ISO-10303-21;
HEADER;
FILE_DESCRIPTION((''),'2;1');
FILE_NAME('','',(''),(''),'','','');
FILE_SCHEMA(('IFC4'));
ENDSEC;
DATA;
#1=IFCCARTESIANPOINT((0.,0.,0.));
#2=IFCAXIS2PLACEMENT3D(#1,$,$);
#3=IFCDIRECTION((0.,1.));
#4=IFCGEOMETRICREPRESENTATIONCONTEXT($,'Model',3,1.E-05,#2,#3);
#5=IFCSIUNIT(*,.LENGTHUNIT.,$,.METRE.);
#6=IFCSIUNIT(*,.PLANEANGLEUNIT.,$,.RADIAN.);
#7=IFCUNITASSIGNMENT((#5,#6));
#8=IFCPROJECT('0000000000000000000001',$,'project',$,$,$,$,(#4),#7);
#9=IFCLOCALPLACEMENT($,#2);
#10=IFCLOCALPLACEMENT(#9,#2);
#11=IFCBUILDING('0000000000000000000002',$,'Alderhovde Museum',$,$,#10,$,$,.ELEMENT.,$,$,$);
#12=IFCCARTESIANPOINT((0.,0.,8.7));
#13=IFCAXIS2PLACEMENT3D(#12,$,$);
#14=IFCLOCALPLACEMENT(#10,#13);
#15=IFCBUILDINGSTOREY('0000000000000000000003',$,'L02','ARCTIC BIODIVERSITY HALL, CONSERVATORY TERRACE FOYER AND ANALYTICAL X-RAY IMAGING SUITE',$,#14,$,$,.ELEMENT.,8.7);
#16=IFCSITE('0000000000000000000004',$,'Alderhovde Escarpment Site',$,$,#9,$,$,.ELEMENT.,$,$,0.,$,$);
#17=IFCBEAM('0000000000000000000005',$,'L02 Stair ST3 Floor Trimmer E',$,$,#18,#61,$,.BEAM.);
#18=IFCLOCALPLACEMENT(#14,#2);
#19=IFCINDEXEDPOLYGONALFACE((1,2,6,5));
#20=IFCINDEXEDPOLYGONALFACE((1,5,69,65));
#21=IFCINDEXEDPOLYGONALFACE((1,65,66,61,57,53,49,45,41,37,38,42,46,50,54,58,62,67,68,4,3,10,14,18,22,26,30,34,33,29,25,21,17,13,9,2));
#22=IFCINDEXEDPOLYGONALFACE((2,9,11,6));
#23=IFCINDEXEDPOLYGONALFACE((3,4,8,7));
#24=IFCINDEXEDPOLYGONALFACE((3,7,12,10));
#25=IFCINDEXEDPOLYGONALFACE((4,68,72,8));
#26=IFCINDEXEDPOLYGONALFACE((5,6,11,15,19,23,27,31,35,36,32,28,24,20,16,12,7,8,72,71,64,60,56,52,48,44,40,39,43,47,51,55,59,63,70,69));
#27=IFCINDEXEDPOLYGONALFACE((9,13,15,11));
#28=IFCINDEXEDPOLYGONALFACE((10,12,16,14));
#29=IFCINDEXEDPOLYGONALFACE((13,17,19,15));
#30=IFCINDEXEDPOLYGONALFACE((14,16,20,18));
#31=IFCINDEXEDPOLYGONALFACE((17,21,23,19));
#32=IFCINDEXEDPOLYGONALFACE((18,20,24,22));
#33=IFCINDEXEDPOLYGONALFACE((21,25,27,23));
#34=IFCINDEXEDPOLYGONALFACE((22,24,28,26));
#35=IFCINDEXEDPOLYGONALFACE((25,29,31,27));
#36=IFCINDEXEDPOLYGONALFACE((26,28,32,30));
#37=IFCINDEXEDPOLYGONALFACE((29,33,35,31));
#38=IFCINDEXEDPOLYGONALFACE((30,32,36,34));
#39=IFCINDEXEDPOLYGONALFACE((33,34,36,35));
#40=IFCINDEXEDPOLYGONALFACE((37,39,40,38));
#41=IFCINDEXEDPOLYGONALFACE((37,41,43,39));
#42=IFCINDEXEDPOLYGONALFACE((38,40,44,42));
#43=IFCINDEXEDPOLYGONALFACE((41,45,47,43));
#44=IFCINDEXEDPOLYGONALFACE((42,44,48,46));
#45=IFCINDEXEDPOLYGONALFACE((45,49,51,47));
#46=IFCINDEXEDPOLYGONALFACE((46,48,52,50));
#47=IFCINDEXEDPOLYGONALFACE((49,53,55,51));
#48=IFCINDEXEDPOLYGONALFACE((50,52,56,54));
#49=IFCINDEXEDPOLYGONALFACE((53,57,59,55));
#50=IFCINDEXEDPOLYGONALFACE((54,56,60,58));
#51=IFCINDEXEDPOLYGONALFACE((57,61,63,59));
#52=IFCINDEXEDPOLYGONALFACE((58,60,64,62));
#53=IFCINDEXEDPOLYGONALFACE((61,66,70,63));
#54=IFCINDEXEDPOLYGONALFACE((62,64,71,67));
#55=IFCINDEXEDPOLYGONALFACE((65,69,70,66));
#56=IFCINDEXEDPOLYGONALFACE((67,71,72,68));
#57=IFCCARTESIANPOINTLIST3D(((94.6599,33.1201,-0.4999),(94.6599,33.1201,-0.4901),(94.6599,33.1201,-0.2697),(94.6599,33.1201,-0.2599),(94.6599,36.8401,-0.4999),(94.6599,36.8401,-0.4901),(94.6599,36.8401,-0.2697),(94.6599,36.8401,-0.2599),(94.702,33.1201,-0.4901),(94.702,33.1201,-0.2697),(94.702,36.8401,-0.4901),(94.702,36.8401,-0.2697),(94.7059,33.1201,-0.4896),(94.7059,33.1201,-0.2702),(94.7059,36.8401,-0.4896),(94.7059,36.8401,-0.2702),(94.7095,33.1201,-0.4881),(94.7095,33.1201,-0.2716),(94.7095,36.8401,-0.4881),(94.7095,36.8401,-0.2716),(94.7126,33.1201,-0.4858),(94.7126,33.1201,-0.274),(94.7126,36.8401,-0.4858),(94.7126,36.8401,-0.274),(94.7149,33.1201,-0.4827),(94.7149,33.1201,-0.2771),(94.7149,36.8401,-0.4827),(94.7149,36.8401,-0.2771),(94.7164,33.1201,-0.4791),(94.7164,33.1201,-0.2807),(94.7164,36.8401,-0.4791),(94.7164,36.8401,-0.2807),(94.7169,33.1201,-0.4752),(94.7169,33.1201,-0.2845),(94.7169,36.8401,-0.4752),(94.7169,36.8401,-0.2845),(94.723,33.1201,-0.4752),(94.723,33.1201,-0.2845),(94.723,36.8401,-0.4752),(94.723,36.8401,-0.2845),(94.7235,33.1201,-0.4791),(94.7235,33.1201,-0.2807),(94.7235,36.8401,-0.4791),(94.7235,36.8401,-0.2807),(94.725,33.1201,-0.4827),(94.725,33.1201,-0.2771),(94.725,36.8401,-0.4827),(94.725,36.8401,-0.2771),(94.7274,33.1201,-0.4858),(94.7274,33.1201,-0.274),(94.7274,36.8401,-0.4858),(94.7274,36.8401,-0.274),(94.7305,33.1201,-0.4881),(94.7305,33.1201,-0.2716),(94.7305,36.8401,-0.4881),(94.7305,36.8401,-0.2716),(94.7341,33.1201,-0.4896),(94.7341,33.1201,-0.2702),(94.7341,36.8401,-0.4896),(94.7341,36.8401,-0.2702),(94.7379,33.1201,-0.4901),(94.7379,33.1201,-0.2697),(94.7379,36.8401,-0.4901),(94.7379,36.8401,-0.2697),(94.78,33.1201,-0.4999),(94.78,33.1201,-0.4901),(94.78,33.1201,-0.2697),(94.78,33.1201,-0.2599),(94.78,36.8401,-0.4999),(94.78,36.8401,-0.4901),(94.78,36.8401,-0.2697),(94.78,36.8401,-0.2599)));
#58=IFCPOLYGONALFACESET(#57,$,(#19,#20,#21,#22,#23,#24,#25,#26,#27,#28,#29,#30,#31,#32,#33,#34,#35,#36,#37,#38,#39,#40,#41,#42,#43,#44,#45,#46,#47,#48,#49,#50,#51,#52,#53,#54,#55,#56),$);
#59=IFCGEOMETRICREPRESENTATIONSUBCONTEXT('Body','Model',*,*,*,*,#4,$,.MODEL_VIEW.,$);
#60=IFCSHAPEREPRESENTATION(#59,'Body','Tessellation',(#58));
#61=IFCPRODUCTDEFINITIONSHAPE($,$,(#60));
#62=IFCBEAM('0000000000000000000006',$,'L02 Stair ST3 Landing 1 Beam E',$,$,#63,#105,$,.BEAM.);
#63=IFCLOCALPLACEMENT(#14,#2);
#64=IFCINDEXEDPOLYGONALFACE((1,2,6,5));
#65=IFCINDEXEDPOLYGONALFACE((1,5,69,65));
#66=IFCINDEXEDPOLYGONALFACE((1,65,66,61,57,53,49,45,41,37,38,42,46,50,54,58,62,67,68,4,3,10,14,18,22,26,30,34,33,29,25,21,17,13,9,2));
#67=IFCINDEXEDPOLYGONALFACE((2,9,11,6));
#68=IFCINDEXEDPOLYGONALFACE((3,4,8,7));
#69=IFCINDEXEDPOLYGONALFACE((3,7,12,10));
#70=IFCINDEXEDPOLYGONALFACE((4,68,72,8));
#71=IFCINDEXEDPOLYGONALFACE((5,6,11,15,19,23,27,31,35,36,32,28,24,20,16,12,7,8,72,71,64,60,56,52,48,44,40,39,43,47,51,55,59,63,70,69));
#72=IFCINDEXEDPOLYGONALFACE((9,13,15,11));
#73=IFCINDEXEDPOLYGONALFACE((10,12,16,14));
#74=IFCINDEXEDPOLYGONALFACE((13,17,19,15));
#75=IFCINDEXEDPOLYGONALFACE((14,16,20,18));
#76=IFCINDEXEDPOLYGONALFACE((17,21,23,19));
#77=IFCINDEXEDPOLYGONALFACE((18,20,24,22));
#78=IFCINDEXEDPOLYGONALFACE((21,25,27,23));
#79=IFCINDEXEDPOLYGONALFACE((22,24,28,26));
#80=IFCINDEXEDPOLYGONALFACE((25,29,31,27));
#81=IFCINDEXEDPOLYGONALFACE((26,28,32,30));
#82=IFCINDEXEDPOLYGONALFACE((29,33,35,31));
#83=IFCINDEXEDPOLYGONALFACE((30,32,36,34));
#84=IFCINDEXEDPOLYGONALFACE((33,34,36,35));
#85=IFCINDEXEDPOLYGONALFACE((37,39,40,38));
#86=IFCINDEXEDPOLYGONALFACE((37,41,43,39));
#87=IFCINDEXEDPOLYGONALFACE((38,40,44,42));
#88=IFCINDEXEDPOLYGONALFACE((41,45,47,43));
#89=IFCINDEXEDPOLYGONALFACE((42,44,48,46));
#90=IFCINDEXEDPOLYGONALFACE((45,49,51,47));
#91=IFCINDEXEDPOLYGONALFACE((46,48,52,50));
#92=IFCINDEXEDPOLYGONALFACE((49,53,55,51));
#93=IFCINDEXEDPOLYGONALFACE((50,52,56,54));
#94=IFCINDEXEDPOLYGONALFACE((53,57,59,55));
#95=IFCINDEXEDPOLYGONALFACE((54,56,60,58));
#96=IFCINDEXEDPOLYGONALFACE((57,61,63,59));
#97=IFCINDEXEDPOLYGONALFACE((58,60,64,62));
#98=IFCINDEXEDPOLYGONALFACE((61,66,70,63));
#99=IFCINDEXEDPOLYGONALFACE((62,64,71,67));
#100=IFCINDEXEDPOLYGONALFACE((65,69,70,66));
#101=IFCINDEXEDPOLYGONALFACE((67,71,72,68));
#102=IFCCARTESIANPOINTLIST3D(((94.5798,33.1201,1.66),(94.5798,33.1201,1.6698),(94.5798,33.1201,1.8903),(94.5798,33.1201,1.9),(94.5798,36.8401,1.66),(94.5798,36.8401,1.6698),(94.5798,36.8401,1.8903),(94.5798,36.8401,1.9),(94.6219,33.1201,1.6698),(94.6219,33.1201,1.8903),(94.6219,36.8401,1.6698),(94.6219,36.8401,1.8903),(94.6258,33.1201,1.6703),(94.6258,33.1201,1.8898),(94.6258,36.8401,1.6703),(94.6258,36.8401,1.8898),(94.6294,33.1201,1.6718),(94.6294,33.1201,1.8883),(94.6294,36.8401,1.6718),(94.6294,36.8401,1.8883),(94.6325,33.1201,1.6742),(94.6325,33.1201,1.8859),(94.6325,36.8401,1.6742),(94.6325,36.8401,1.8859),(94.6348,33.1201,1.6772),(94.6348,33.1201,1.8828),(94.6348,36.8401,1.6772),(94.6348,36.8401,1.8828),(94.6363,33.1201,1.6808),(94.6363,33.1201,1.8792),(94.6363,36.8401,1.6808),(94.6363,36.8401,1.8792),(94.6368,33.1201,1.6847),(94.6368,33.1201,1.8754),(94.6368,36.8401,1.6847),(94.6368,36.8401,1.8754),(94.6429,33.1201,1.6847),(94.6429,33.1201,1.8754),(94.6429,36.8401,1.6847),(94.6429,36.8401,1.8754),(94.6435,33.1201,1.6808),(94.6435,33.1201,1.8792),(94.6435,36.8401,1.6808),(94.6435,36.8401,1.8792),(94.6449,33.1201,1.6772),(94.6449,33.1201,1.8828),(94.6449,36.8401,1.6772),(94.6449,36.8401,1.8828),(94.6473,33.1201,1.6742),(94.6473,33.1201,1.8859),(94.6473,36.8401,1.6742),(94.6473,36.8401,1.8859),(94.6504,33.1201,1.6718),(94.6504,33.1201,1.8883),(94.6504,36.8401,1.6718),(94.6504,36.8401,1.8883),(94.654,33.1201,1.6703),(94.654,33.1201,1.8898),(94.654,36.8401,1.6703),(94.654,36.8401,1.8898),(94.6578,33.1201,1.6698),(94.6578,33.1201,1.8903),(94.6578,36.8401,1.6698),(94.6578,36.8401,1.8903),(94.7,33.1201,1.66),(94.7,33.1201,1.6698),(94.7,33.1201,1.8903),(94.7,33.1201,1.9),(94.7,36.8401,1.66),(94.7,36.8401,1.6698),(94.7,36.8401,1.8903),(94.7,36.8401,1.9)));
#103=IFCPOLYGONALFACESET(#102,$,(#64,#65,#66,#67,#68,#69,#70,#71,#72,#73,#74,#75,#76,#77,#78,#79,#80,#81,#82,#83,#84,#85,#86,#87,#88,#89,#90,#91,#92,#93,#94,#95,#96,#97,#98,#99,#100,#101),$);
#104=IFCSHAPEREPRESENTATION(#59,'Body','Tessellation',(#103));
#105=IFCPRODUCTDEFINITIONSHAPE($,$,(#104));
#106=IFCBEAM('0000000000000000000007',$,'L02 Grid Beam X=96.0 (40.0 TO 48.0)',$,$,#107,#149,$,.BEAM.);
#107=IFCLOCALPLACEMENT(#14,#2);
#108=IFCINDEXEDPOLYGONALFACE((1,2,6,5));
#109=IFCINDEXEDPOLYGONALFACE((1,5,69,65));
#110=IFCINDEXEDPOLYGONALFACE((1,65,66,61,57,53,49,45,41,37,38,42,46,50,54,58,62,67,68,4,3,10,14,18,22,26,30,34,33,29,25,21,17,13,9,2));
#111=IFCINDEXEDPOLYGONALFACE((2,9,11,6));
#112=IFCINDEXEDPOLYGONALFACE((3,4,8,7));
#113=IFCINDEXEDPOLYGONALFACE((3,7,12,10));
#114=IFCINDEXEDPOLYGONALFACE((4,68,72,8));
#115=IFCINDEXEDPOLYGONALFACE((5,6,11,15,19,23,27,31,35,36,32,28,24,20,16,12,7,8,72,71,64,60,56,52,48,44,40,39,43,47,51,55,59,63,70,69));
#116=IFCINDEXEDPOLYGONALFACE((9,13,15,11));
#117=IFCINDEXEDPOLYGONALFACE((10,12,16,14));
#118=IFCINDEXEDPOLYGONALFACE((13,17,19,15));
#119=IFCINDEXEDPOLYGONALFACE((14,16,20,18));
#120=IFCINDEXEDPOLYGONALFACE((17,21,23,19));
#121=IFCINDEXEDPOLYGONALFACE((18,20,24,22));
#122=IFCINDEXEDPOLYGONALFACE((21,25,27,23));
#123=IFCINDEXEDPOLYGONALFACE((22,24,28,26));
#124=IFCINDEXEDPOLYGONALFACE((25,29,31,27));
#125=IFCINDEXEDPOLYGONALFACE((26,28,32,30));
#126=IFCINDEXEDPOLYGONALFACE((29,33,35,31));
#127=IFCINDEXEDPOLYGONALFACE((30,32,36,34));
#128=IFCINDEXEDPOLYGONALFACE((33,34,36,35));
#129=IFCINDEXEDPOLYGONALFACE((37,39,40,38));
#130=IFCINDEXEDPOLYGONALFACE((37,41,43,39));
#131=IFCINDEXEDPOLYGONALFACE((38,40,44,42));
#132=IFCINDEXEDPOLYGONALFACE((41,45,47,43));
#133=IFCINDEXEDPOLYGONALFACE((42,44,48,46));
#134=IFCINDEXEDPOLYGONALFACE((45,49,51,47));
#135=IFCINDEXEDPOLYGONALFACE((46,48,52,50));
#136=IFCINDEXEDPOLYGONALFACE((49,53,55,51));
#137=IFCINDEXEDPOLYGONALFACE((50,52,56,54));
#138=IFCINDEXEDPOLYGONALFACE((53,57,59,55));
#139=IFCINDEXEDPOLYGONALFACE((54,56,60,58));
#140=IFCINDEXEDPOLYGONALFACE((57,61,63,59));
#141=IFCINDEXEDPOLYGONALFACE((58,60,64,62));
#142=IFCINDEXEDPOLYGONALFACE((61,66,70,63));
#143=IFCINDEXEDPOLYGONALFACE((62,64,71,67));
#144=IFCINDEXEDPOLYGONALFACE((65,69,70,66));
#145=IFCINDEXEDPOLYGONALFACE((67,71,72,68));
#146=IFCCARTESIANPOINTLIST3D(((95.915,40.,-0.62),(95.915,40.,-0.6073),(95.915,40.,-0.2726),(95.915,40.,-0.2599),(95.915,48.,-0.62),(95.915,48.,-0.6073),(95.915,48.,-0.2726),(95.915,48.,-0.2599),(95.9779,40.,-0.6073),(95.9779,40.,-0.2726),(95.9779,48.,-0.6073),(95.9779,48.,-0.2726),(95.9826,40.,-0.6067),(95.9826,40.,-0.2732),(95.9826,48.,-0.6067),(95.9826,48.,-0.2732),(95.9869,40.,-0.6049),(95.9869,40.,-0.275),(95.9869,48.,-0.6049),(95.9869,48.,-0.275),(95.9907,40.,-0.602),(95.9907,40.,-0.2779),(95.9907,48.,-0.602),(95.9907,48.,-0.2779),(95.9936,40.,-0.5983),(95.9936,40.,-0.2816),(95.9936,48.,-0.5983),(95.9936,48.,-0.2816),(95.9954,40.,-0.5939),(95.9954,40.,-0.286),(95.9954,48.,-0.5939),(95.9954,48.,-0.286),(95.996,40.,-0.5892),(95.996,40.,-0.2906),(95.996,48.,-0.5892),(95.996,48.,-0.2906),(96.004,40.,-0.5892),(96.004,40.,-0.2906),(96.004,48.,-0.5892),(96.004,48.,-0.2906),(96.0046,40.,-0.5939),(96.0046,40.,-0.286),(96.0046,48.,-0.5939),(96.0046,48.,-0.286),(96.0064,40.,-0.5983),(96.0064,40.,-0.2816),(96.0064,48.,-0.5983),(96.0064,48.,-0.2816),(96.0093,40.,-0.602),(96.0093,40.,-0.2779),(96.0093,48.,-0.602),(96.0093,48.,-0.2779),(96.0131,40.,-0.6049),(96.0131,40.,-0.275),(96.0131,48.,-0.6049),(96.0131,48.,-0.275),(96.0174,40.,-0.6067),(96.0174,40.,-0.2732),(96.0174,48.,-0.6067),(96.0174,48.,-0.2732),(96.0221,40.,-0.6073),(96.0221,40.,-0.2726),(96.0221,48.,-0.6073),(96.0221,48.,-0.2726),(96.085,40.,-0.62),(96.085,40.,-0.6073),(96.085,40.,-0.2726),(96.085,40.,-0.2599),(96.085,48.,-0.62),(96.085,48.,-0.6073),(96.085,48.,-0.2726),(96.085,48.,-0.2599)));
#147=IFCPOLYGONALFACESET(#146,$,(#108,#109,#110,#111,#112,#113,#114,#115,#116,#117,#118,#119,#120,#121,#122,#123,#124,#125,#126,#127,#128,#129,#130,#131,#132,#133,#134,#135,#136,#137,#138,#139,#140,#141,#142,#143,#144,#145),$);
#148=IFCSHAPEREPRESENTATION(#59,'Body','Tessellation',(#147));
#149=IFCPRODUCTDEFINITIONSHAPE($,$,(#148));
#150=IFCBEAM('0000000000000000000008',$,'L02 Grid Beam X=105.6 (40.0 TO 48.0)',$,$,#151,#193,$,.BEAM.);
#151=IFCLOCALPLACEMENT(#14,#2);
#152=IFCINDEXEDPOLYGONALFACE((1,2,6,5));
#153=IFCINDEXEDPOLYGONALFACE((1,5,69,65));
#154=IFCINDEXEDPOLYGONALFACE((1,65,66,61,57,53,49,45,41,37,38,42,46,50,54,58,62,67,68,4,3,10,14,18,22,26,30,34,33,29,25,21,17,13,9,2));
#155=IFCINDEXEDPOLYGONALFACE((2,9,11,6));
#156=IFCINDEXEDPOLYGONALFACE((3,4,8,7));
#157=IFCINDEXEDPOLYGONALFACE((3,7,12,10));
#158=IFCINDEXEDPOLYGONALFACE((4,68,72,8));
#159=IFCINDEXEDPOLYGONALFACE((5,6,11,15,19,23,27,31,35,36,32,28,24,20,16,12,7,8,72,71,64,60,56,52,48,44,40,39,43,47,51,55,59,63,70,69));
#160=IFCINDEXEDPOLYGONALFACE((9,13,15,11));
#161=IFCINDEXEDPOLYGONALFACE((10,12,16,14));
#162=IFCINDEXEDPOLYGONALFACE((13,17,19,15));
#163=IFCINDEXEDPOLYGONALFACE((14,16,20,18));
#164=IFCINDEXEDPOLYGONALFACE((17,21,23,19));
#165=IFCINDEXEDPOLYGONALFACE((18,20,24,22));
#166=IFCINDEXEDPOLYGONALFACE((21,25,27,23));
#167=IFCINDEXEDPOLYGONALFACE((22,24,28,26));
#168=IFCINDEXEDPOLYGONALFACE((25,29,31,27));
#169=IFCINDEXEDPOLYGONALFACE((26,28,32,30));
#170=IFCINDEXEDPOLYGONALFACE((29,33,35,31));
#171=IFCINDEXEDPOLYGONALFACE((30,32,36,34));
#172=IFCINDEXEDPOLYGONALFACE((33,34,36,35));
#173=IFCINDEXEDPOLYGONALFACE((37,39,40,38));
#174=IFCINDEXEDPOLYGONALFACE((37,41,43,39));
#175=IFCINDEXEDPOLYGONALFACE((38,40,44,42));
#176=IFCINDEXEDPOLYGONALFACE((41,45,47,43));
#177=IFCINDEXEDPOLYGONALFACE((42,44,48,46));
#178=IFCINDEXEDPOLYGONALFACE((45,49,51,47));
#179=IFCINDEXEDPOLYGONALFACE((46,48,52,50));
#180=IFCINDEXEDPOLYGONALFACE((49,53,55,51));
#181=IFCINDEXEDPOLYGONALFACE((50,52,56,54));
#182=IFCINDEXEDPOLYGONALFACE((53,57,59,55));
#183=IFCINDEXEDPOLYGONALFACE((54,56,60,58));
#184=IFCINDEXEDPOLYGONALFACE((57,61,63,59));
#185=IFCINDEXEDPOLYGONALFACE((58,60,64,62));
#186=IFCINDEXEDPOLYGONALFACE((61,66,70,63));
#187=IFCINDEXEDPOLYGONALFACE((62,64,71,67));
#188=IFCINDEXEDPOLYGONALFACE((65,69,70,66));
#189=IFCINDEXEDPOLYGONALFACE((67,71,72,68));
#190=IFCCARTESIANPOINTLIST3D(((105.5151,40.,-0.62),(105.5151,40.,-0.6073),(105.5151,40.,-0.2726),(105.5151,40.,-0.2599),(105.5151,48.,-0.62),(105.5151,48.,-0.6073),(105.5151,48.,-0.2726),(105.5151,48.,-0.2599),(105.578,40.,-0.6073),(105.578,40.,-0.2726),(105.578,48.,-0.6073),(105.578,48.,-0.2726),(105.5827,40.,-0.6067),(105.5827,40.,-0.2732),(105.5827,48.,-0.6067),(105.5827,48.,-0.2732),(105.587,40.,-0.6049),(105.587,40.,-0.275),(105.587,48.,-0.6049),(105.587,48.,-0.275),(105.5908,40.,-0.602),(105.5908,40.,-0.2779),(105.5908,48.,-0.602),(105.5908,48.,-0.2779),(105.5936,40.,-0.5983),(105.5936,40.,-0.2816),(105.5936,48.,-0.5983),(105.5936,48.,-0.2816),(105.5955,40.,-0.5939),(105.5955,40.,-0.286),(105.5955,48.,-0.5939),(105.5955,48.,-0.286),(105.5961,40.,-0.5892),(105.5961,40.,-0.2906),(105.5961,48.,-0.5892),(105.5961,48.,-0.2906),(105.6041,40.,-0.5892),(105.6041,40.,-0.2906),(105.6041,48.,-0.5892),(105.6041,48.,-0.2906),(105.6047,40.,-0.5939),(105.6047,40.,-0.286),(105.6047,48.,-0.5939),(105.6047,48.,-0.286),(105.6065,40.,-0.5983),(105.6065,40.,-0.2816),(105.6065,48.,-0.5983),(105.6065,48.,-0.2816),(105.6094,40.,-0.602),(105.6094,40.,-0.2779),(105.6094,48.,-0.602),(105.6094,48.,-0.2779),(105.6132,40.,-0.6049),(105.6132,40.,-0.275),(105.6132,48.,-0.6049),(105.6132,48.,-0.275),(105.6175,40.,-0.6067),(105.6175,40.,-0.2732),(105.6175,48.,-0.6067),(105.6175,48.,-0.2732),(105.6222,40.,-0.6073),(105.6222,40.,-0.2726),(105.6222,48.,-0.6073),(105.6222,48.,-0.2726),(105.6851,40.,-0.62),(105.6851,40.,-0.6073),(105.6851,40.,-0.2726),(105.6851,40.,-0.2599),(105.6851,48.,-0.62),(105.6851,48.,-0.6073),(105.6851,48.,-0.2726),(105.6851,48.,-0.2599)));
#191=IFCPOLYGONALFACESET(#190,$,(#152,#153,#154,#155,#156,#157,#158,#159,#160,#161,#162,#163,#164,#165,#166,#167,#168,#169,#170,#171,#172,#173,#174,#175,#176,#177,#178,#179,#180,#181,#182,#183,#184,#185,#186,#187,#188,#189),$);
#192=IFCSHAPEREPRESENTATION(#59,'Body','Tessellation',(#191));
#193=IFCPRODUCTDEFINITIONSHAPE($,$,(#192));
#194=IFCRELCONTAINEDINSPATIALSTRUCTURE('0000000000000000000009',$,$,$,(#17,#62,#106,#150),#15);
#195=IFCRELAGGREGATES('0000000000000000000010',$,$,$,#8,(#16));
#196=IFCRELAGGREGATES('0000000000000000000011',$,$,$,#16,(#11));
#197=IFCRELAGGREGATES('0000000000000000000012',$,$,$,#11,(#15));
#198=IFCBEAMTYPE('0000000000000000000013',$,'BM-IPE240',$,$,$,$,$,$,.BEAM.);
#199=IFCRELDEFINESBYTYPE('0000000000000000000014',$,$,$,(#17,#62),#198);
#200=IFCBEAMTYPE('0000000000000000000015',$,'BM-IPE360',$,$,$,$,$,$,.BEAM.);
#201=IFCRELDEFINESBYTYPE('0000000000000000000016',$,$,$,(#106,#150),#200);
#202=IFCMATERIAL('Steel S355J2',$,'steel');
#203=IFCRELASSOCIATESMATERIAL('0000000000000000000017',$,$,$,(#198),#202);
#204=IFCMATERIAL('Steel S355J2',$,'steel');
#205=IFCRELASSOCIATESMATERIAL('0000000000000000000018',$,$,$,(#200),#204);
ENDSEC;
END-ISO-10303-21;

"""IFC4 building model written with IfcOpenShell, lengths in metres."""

from ifc_helpers import new_model, si_unit, direction, frame, origin, origin_2d, place, context, subcontext, project, spatial, i_section, extrude, material, material_profile, profile_set, type_object, element, save


model = new_model("IFC4")

# Units and contexts
model_context = context("Model", 3, precision=1e-05, world=origin(), true_north=direction((0.0, 1.0)))
body_context = subcontext(model_context, "Body", "Model", "MODEL_VIEW")
ifc_project = project(units=[si_unit("LENGTHUNIT", "METRE"), si_unit("PLANEANGLEUNIT", "RADIAN")], contexts=[model_context])

# Site, building, storey
site_placement = place(None, origin())
site = spatial("IfcSite", under=ifc_project, at=site_placement, Name="Alderhovde Escarpment Site", CompositionType="ELEMENT", RefElevation=0.0)
building_placement = place(site_placement, origin())
building = spatial("IfcBuilding", under=site, at=building_placement, Name="Alderhovde Museum", CompositionType="ELEMENT")
storey_placement = place(building_placement, frame((0.0, 0.0, 8.7)))
storey = spatial("IfcBuildingStorey", under=building, at=storey_placement, Name="L02", Description="ARCTIC BIODIVERSITY HALL, CONSERVATORY TERRACE FOYER AND ANALYTICAL X-RAY IMAGING SUITE", CompositionType="ELEMENT", Elevation=8.7)

# Beams
ifc_material_1 = material(Name="Steel S355J2", Category="steel")
ifc_material_profile_1 = material_profile(ifc_material_1, i_section(OverallWidth=0.1201, OverallDepth=0.24, WebThickness=0.0061, FlangeThickness=0.0098, FilletRadius=0.0149, at=origin_2d()), Name="IPE 240")
ifc_profile_set_1 = profile_set([ifc_material_profile_1], Name="Steel S355J2")
beam_type_1 = type_object("IfcBeamType", Name="BM-IPE240", PredefinedType="BEAM", material=ifc_profile_set_1)
for number, where, z_axis, x_axis, name in (
    (1, (94.72, 33.1201, -0.3799), (0.0, 1.0, 0.0), (-1.0, 0.0, 0.0), "L02 Stair ST3 Floor Trimmer E"),
    (2, (94.6399, 33.1201, 1.78), (0.0, 1.0, 0.0), (-1.0, 0.0, 0.0), "L02 Stair ST3 Landing 1 Beam E"),
):
    element("IfcBeam", number, at=place(storey_placement, frame(where, z_axis=z_axis, x_axis=x_axis)), inside=storey, type_object=beam_type_1, Name=name, PredefinedType="BEAM", context=body_context, shape_type="SweptSolid", body=[
        extrude(i_section(OverallWidth=0.1201, OverallDepth=0.24, WebThickness=0.0061, FlangeThickness=0.0098, FilletRadius=0.0149, at=origin_2d()), origin(), (0.0, 0.0, 1.0), 3.72),
    ])
ifc_material_2 = material(Name="Steel S355J2", Category="steel")
ifc_material_profile_2 = material_profile(ifc_material_2, i_section(OverallWidth=0.1699, OverallDepth=0.3601, WebThickness=0.0081, FlangeThickness=0.0127, FilletRadius=0.0181, at=origin_2d()), Name="IPE 360")
ifc_profile_set_2 = profile_set([ifc_material_profile_2], Name="Steel S355J2")
beam_type_2 = type_object("IfcBeamType", Name="BM-IPE360", PredefinedType="BEAM", material=ifc_profile_set_2)
for number, where, z_axis, x_axis, name in (
    (3, (96.0, 40.0, -0.4399), (0.0, 1.0, 0.0), (-1.0, 0.0, 0.0), "L02 Grid Beam X=96.0 (40.0 TO 48.0)"),
    (4, (105.6001, 40.0, -0.4399), (0.0, 1.0, 0.0), (-1.0, 0.0, 0.0), "L02 Grid Beam X=105.6 (40.0 TO 48.0)"),
):
    element("IfcBeam", number, at=place(storey_placement, frame(where, z_axis=z_axis, x_axis=x_axis)), inside=storey, type_object=beam_type_2, Name=name, PredefinedType="BEAM", context=body_context, shape_type="SweptSolid", body=[
        extrude(i_section(OverallWidth=0.1699, OverallDepth=0.3601, WebThickness=0.0081, FlangeThickness=0.0127, FilletRadius=0.0181, at=origin_2d()), origin(), (0.0, 0.0, 1.0), 8.0),
    ])

save(model, "model.ifc")
